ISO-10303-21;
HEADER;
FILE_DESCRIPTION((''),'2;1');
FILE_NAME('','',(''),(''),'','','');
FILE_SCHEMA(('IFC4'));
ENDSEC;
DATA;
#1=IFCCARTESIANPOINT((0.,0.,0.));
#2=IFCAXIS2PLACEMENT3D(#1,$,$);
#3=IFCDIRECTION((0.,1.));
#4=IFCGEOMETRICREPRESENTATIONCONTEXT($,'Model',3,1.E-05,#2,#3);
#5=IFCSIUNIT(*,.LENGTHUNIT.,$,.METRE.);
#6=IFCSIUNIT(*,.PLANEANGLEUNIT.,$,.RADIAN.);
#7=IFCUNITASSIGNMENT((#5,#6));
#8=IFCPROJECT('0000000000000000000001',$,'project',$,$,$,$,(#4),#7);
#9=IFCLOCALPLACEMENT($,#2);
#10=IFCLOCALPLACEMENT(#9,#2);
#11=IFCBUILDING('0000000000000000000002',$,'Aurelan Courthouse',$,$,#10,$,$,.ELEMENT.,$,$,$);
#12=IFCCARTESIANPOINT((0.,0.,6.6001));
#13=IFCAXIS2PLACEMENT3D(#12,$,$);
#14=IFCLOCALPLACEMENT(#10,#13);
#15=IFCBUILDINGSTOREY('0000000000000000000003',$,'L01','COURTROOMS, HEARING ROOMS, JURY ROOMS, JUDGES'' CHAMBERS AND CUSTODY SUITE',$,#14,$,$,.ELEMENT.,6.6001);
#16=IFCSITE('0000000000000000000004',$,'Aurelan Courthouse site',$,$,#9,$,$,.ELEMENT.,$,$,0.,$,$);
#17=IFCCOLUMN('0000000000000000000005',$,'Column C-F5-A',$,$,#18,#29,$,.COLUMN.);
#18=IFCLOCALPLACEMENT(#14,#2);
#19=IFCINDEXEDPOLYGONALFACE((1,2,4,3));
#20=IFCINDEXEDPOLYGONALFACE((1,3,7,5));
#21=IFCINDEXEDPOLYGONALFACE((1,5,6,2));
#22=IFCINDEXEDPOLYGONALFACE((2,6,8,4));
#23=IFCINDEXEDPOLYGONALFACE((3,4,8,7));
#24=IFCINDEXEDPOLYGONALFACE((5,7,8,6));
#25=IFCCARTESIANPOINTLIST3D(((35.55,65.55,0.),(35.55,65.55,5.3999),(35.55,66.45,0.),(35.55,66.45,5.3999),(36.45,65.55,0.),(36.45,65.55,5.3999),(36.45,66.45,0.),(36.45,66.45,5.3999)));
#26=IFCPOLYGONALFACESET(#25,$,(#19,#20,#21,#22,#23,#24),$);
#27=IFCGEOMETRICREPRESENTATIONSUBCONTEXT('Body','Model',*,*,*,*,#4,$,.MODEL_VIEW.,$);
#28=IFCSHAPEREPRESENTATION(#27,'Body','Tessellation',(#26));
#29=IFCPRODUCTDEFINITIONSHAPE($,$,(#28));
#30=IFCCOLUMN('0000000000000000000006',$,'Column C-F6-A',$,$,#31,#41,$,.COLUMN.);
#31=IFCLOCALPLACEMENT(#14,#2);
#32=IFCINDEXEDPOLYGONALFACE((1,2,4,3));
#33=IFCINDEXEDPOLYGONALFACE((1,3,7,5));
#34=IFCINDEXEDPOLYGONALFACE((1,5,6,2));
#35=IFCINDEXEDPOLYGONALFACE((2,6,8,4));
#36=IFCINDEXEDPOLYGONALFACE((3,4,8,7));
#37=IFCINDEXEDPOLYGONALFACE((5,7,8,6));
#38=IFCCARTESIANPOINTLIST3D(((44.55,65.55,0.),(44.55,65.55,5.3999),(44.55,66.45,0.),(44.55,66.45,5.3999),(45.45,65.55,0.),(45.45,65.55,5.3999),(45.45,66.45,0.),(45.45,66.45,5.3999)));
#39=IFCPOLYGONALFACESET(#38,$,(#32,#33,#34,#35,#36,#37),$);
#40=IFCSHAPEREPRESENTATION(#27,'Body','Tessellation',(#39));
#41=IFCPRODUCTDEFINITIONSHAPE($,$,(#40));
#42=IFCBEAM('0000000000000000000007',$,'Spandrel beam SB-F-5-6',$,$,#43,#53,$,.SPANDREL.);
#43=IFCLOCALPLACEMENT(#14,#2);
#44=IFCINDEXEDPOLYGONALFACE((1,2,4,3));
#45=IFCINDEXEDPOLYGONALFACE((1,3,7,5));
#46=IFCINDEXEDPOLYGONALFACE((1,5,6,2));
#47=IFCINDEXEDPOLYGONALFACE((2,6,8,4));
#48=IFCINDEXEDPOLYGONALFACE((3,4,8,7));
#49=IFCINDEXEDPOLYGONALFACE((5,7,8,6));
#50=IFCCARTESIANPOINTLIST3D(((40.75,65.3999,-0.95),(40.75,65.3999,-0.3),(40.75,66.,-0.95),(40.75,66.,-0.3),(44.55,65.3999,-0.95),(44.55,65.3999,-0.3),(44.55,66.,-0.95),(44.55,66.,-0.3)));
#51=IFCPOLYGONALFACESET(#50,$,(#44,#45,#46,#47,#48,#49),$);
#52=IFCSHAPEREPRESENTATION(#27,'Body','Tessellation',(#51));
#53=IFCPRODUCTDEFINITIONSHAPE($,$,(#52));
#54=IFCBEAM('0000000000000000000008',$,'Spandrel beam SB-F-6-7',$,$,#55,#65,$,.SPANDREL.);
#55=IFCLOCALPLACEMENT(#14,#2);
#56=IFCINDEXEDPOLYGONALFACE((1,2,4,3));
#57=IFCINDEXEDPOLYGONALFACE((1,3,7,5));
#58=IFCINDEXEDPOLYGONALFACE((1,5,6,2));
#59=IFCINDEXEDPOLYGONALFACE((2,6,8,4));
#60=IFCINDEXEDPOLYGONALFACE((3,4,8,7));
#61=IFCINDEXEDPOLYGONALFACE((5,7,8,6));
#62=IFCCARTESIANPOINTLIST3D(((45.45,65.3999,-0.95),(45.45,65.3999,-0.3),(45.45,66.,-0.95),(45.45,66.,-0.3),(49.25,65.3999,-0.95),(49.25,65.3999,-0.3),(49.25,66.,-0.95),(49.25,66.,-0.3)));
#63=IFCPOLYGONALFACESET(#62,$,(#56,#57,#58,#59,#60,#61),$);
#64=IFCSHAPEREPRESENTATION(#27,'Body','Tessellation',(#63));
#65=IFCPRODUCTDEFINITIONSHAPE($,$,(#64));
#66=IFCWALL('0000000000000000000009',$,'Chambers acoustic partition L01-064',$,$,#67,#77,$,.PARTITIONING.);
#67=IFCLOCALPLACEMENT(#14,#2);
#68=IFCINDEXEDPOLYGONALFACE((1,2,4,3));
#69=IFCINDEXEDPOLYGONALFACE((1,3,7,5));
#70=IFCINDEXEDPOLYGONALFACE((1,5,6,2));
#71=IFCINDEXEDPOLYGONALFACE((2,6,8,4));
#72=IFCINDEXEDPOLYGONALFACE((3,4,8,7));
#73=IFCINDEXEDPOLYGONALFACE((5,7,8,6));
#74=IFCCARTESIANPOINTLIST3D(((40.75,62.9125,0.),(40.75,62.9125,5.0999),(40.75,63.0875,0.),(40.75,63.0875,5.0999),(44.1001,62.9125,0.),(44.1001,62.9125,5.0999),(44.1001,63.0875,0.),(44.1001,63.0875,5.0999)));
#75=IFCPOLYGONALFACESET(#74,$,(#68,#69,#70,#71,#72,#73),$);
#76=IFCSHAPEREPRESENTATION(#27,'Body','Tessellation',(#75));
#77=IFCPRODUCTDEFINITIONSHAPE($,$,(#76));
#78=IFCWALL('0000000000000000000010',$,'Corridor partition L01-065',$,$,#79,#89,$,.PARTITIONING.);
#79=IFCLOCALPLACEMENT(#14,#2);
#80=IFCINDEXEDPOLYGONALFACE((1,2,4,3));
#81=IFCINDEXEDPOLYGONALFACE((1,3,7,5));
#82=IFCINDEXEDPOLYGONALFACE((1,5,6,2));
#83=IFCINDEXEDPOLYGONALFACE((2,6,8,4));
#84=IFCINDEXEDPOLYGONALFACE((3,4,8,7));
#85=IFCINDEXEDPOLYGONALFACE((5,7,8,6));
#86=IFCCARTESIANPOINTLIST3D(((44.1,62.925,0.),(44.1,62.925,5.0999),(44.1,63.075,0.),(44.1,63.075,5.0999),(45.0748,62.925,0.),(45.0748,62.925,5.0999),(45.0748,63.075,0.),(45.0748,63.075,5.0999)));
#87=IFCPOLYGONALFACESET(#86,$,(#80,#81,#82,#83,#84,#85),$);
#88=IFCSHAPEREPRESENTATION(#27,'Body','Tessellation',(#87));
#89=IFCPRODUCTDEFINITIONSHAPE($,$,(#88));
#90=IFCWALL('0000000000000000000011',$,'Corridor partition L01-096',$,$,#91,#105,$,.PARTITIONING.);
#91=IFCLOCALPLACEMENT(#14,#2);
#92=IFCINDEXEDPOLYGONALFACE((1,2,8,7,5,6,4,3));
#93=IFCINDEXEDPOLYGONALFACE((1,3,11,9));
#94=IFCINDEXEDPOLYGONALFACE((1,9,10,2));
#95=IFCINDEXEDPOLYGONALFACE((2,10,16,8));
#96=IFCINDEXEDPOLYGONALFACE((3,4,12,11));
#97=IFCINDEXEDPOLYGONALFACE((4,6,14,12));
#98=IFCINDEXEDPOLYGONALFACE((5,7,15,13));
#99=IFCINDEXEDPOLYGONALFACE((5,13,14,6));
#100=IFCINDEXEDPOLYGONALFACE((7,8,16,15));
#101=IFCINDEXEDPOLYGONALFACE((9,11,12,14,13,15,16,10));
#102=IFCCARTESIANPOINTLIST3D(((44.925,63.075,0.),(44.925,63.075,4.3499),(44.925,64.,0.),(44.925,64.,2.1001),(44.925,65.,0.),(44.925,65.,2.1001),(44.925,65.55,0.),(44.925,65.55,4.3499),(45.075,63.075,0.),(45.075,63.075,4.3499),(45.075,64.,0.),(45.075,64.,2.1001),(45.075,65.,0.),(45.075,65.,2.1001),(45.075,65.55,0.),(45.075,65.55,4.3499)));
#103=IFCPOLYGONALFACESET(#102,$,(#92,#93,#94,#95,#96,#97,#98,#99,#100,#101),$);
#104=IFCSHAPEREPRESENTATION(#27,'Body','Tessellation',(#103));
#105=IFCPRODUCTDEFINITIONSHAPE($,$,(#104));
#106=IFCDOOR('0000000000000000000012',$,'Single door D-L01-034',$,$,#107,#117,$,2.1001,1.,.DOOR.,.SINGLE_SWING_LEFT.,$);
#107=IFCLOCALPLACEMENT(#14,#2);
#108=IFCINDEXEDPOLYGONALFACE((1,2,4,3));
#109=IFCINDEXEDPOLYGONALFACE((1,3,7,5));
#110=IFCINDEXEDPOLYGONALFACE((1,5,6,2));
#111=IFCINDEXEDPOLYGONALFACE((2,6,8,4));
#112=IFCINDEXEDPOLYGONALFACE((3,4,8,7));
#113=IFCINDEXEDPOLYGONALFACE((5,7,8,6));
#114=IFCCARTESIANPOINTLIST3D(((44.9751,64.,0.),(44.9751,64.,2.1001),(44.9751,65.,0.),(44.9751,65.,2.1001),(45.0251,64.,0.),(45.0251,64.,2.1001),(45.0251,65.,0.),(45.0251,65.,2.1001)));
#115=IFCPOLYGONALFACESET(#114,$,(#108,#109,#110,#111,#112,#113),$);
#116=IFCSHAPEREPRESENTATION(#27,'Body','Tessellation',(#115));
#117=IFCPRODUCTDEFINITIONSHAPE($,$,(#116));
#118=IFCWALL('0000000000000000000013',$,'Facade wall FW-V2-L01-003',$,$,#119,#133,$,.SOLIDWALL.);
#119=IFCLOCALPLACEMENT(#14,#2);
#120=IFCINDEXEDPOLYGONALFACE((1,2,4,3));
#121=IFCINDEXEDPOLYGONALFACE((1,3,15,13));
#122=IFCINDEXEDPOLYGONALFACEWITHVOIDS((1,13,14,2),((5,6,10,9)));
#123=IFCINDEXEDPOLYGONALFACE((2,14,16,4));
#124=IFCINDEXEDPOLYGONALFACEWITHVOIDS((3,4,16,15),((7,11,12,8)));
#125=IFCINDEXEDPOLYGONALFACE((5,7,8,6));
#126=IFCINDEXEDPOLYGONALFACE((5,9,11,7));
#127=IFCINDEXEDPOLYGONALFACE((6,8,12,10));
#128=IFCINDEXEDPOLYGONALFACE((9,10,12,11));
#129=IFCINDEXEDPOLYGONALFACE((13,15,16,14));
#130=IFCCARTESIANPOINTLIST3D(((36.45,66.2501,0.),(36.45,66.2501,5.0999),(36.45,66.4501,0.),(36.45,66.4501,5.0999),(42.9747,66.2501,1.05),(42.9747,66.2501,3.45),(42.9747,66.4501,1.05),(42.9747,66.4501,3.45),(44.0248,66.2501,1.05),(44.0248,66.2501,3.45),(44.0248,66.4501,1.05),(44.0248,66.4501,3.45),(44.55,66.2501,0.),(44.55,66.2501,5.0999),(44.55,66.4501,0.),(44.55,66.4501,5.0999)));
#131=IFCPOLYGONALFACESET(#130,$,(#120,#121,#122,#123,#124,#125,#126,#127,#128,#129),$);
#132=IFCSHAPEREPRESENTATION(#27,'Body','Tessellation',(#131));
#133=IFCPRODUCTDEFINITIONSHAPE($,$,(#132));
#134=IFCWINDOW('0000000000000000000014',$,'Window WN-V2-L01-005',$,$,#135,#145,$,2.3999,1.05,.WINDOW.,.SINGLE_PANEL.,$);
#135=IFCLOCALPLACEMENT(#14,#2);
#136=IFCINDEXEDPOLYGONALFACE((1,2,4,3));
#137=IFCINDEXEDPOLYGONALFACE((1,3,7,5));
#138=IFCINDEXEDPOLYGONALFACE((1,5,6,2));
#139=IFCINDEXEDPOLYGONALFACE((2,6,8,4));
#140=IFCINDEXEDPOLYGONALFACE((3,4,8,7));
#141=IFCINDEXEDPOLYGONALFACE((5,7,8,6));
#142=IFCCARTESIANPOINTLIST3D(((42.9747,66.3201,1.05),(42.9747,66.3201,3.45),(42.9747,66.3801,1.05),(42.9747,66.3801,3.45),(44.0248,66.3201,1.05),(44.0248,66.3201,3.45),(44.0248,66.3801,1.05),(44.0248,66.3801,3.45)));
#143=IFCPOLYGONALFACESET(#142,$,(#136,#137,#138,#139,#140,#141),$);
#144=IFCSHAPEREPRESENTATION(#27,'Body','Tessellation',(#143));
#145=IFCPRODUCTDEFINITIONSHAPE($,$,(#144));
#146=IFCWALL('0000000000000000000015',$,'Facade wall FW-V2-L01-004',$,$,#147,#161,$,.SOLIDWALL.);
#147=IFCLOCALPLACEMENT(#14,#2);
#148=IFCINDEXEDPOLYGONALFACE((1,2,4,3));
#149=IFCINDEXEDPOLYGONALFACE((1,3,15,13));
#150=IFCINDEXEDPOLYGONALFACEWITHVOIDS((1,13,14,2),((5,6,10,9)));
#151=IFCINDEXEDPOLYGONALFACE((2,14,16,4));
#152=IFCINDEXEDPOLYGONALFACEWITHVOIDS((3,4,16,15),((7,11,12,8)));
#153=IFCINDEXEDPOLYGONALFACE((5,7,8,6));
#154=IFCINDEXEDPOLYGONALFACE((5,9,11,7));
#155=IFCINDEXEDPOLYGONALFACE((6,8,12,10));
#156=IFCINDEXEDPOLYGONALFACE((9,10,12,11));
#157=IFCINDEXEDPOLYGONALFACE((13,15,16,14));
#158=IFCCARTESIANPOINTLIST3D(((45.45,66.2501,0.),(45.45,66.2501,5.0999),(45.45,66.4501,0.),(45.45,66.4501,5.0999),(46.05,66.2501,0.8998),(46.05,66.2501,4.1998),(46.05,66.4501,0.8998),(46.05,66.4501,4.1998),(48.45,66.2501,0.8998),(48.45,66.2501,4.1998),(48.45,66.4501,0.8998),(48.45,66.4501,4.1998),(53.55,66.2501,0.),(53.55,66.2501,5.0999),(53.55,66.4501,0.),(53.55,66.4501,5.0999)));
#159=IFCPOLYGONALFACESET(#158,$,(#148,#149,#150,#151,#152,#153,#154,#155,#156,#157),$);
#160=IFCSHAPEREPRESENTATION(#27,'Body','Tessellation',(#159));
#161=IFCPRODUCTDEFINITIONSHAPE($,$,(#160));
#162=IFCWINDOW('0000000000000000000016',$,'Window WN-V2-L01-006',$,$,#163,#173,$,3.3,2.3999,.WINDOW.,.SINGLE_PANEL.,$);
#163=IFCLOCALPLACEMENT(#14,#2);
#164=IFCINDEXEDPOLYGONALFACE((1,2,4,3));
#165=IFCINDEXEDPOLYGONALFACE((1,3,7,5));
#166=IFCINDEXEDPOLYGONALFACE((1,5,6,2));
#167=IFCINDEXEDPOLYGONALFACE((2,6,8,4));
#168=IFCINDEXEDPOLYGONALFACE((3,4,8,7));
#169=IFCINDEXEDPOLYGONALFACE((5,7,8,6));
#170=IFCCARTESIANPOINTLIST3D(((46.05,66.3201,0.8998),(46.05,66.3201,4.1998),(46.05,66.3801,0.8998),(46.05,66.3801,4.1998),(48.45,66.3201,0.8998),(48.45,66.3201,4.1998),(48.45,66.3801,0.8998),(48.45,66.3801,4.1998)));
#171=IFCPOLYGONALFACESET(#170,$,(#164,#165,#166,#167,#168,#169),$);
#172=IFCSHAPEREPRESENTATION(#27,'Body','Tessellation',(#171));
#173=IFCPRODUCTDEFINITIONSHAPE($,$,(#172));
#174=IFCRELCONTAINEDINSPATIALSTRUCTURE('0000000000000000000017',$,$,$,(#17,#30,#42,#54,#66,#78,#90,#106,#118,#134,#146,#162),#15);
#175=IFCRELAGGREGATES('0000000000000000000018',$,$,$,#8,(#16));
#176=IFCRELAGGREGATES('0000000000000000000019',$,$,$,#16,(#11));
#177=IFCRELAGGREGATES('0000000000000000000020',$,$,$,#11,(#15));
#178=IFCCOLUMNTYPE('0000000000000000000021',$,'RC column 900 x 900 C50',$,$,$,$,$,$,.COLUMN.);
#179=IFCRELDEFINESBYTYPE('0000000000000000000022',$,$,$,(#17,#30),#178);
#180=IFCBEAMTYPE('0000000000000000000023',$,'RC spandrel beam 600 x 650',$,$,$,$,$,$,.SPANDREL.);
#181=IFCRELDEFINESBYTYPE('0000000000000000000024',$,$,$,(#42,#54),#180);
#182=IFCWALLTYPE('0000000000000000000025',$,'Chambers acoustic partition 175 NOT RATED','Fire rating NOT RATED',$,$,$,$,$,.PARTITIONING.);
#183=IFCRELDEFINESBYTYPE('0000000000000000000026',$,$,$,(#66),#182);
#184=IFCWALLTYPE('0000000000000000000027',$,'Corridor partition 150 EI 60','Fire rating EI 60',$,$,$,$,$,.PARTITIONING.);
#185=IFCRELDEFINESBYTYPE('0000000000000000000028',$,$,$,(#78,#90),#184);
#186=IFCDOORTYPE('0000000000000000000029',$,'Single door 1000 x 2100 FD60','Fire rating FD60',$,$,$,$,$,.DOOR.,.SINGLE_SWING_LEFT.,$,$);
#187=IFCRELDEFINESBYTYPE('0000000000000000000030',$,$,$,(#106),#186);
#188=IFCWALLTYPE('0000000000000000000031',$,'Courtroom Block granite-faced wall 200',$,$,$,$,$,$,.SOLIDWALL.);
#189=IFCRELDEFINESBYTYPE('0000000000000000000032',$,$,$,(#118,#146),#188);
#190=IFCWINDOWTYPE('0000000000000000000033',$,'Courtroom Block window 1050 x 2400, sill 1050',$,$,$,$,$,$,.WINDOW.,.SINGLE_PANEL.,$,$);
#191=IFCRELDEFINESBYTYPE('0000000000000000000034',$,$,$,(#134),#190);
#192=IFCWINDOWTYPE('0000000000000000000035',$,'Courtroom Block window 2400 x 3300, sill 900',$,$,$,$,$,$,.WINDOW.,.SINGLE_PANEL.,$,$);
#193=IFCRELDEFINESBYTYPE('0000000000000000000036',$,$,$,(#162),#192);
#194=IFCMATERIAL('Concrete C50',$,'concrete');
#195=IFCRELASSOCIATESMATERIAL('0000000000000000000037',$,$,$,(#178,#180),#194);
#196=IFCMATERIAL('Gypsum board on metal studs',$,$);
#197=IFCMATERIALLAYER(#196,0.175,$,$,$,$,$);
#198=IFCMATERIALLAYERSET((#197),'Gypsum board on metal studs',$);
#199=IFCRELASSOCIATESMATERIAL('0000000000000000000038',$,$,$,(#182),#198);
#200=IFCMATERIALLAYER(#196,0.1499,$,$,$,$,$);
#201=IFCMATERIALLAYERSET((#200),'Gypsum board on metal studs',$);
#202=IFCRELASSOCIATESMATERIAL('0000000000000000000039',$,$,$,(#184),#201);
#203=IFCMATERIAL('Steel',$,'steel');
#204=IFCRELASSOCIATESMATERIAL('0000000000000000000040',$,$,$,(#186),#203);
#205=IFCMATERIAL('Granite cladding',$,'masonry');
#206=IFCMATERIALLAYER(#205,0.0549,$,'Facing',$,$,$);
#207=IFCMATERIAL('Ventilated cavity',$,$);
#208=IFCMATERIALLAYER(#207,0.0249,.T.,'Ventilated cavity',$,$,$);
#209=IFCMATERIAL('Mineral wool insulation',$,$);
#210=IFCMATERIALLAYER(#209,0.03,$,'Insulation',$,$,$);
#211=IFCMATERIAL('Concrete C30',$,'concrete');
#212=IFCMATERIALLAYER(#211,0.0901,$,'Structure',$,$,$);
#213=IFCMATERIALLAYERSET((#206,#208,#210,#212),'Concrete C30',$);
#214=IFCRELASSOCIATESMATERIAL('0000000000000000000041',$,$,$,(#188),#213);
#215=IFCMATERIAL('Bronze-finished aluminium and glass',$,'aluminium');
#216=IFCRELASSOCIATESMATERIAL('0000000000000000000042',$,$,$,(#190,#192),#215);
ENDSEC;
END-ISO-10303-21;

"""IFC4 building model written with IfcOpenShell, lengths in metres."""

from ifc_helpers import new_model, si_unit, direction, frame, frame_2d, origin, origin_2d, place, context, subcontext, project, spatial, rectangle, extrude, material, layer, layer_set, material_profile, profile_set, type_object, element, fill, save


model = new_model("IFC4")

# Units and contexts
model_context = context("Model", 3, precision=1e-05, world=origin(), true_north=direction((0.0, 1.0)))
body_context = subcontext(model_context, "Body", "Model", "MODEL_VIEW")
ifc_project = project(units=[si_unit("LENGTHUNIT", "METRE"), si_unit("PLANEANGLEUNIT", "RADIAN")], contexts=[model_context])

# Site, building, storey
site_placement = place(None, origin())
site = spatial("IfcSite", under=ifc_project, at=site_placement, Name="Aurelan Courthouse site", CompositionType="ELEMENT", RefElevation=0.0)
building_placement = place(site_placement, origin())
building = spatial("IfcBuilding", under=site, at=building_placement, Name="Aurelan Courthouse", CompositionType="ELEMENT")
storey_placement = place(building_placement, frame((0.0, 0.0, 6.6001)))
storey = spatial("IfcBuildingStorey", under=building, at=storey_placement, Name="L01", Description="COURTROOMS, HEARING ROOMS, JURY ROOMS, JUDGES' CHAMBERS AND CUSTODY SUITE", CompositionType="ELEMENT", Elevation=6.6001)

# Columns
ifc_material_1 = material(Name="Concrete C50", Category="concrete")
ifc_material_profile_1 = material_profile(ifc_material_1, rectangle(XDim=0.8999, YDim=0.8999, at=origin_2d()), Name="RC 900 x 900")
ifc_profile_set_1 = profile_set([ifc_material_profile_1], Name="Concrete C50")
column_type = type_object("IfcColumnType", Name="RC column 900 x 900 C50", PredefinedType="COLUMN", material=ifc_profile_set_1)
for number, where, z_axis, x_axis, name in (
    (1, (36.0, 66.0, 0.0), (0.0, 0.0, 1.0), (1.0, 0.0, 0.0), "Column C-F5-A"),
    (2, (45.0, 66.0, 0.0), (0.0, 0.0, 1.0), (1.0, 0.0, 0.0), "Column C-F6-A"),
):
    element("IfcColumn", number, at=place(storey_placement, frame(where, z_axis=z_axis, x_axis=x_axis)), inside=storey, type_object=column_type, Name=name, PredefinedType="COLUMN", context=body_context, shape_type="SweptSolid", body=[
        extrude(rectangle(XDim=0.8999, YDim=0.8999, at=origin_2d()), origin(), (0.0, 0.0, 1.0), 5.3999),
    ])

# Beams
ifc_material_profile_2 = material_profile(ifc_material_1, rectangle(XDim=0.6001, YDim=0.6499, at=origin_2d()), Name="RC 600 x 650")
ifc_profile_set_2 = profile_set([ifc_material_profile_2], Name="Concrete C50")
beam_type = type_object("IfcBeamType", Name="RC spandrel beam 600 x 650", PredefinedType="SPANDREL", material=ifc_profile_set_2)
for number, where, z_axis, x_axis, name in (
    (3, (40.75, 65.7, -0.625), (1.0, 0.0, 0.0), (0.0, 1.0, 0.0), "Spandrel beam SB-F-5-6"),
    (4, (45.45, 65.7, -0.625), (1.0, 0.0, 0.0), (0.0, 1.0, 0.0), "Spandrel beam SB-F-6-7"),
):
    element("IfcBeam", number, at=place(storey_placement, frame(where, z_axis=z_axis, x_axis=x_axis)), inside=storey, type_object=beam_type, Name=name, PredefinedType="SPANDREL", context=body_context, shape_type="SweptSolid", body=[
        extrude(rectangle(XDim=0.6001, YDim=0.6499, at=origin_2d()), origin(), (0.0, 0.0, 1.0), 3.8),
    ])

# Walls
ifc_material_2 = material(Name="Gypsum board on metal studs")
ifc_layer_1 = layer(ifc_material_2, 0.175)
ifc_layer_set_1 = layer_set([ifc_layer_1], Name="Gypsum board on metal studs")
wall_type_1 = type_object("IfcWallType", Name="Chambers acoustic partition 175 NOT RATED", Description="Fire rating NOT RATED", PredefinedType="PARTITIONING", material=ifc_layer_set_1)
wall_1_placement = place(storey_placement, frame((40.75, 63.0, 0.0), z_axis=(0.0, 0.0, 1.0), x_axis=(1.0, 0.0, 0.0)))
element("IfcWall", 5, at=wall_1_placement, inside=storey, type_object=wall_type_1, Name="Chambers acoustic partition L01-064", PredefinedType="PARTITIONING", context=body_context, shape_type="SweptSolid", body=[
    extrude(rectangle(XDim=3.3501, YDim=0.175, at=frame_2d((1.675, 0.0))), origin(), (0.0, 0.0, 1.0), 5.0999),
])
ifc_layer_2 = layer(ifc_material_2, 0.1499)
ifc_layer_set_2 = layer_set([ifc_layer_2], Name="Gypsum board on metal studs")
wall_type_2 = type_object("IfcWallType", Name="Corridor partition 150 EI 60", Description="Fire rating EI 60", PredefinedType="PARTITIONING", material=ifc_layer_set_2)
wall_2_placement = place(storey_placement, frame((44.1001, 63.0, 0.0), z_axis=(0.0, 0.0, 1.0), x_axis=(1.0, 0.0, 0.0)))
element("IfcWall", 6, at=wall_2_placement, inside=storey, type_object=wall_type_2, Name="Corridor partition L01-065", PredefinedType="PARTITIONING", context=body_context, shape_type="SweptSolid", body=[
    extrude(rectangle(XDim=0.9749, YDim=0.1499, at=frame_2d((0.4873, 0.0))), origin(), (0.0, 0.0, 1.0), 5.0999),
])

# Wall, opening, door
wall_3_placement = place(storey_placement, frame((45.0, 63.075, 0.0), z_axis=(0.0, 0.0, 1.0), x_axis=(0.0, 1.0, 0.0)))
wall_3 = element("IfcWall", 7, at=wall_3_placement, inside=storey, type_object=wall_type_2, Name="Corridor partition L01-096", PredefinedType="PARTITIONING", context=body_context, shape_type="SweptSolid", body=[
    extrude(rectangle(XDim=2.4751, YDim=0.1499, at=frame_2d((1.2375, 0.0))), origin(), (0.0, 0.0, 1.0), 4.3499),
])
opening_1_placement = place(wall_3_placement, frame((0.925, 0.0, 0.0)))
opening_1 = element("IfcOpeningElement", 8, at=opening_1_placement, cuts=wall_3, PredefinedType="OPENING", context=body_context, shape_type="SweptSolid", body=[
    extrude(rectangle(XDim=1.0, YDim=2.1001, at=frame_2d((0.5, 1.05))), frame((0.0, 0.085, 0.0), z_axis=(0.0, -1.0, 0.0), x_axis=(1.0, 0.0, 0.0)), (0.0, 0.0, 1.0), 0.1699),
])
ifc_material_3 = material(Name="Steel", Category="steel")
door_type = type_object("IfcDoorType", Name="Single door 1000 x 2100 FD60", Description="Fire rating FD60", OperationType="SINGLE_SWING_LEFT", PredefinedType="DOOR", material=ifc_material_3)
door_placement = place(opening_1_placement, origin())
door = element("IfcDoor", 9, at=door_placement, inside=storey, type_object=door_type, Name="Single door D-L01-034", OperationType="SINGLE_SWING_LEFT", OverallHeight=2.1001, OverallWidth=1.0, PredefinedType="DOOR", context=body_context, shape_type="SweptSolid", body=[
    extrude(rectangle(XDim=1.0, YDim=2.1001, at=frame_2d((0.5, 1.05))), frame((0.0, 0.0249, 0.0), z_axis=(0.0, -1.0, 0.0), x_axis=(1.0, 0.0, 0.0)), (0.0, 0.0, 1.0), 0.05),
])
fill(opening_1, door)

# Walls, openings, windows
ifc_material_4 = material(Name="Granite cladding", Category="masonry")
ifc_layer_3 = layer(ifc_material_4, 0.0549, Name="Facing")
ifc_material_5 = material(Name="Ventilated cavity")
ifc_layer_4 = layer(ifc_material_5, 0.0249, ventilated=True, Name="Ventilated cavity")
ifc_material_6 = material(Name="Mineral wool insulation")
ifc_layer_5 = layer(ifc_material_6, 0.03, Name="Insulation")
ifc_material_7 = material(Name="Concrete C30", Category="concrete")
ifc_layer_6 = layer(ifc_material_7, 0.0901, Name="Structure")
ifc_layer_set_3 = layer_set([ifc_layer_3, ifc_layer_4, ifc_layer_5, ifc_layer_6], Name="Concrete C30")
wall_type_3 = type_object("IfcWallType", Name="Courtroom Block granite-faced wall 200", PredefinedType="SOLIDWALL", material=ifc_layer_set_3)
wall_4_placement = place(storey_placement, frame((36.45, 66.3501, 0.0), z_axis=(0.0, 0.0, 1.0), x_axis=(1.0, 0.0, 0.0)))
wall_4 = element("IfcWall", 10, at=wall_4_placement, inside=storey, type_object=wall_type_3, Name="Facade wall FW-V2-L01-003", PredefinedType="SOLIDWALL", context=body_context, shape_type="SweptSolid", body=[
    extrude(rectangle(XDim=8.1001, YDim=0.2, at=frame_2d((4.05, 0.0))), origin(), (0.0, 0.0, 1.0), 5.0999),
])
opening_2_placement = place(wall_4_placement, frame((6.5249, 0.0, 1.05)))
opening_2 = element("IfcOpeningElement", 11, at=opening_2_placement, cuts=wall_4, PredefinedType="OPENING", context=body_context, shape_type="SweptSolid", body=[
    extrude(rectangle(XDim=1.05, YDim=2.3999, at=frame_2d((0.5249, 1.2))), frame((0.0, 0.1099, 0.0), z_axis=(0.0, -1.0, 0.0), x_axis=(1.0, 0.0, 0.0)), (0.0, 0.0, 1.0), 0.22),
])
ifc_material_8 = material(Name="Bronze-finished aluminium and glass", Category="aluminium")
window_type_1 = type_object("IfcWindowType", Name="Courtroom Block window 1050 x 2400, sill 1050", PartitioningType="SINGLE_PANEL", PredefinedType="WINDOW", material=ifc_material_8)
window_1_placement = place(opening_2_placement, origin())
window_1 = element("IfcWindow", 12, at=window_1_placement, inside=storey, type_object=window_type_1, Name="Window WN-V2-L01-005", OverallHeight=2.3999, OverallWidth=1.05, PartitioningType="SINGLE_PANEL", PredefinedType="WINDOW", context=body_context, shape_type="SweptSolid", body=[
    extrude(rectangle(XDim=1.05, YDim=2.3999, at=frame_2d((0.5249, 1.2))), frame((0.0, 0.03, 0.0), z_axis=(0.0, -1.0, 0.0), x_axis=(1.0, 0.0, 0.0)), (0.0, 0.0, 1.0), 0.0601),
])
fill(opening_2, window_1)
wall_5_placement = place(storey_placement, frame((45.45, 66.3501, 0.0), z_axis=(0.0, 0.0, 1.0), x_axis=(1.0, 0.0, 0.0)))
wall_5 = element("IfcWall", 13, at=wall_5_placement, inside=storey, type_object=wall_type_3, Name="Facade wall FW-V2-L01-004", PredefinedType="SOLIDWALL", context=body_context, shape_type="SweptSolid", body=[
    extrude(rectangle(XDim=8.1001, YDim=0.2, at=frame_2d((4.05, 0.0))), origin(), (0.0, 0.0, 1.0), 5.0999),
])
opening_3_placement = place(wall_5_placement, frame((0.6001, 0.0, 0.8999)))
opening_3 = element("IfcOpeningElement", 14, at=opening_3_placement, cuts=wall_5, PredefinedType="OPENING", context=body_context, shape_type="SweptSolid", body=[
    extrude(rectangle(XDim=2.3999, YDim=3.3, at=frame_2d((1.2, 1.6499))), frame((0.0, 0.1099, 0.0), z_axis=(0.0, -1.0, 0.0), x_axis=(1.0, 0.0, 0.0)), (0.0, 0.0, 1.0), 0.22),
])
window_type_2 = type_object("IfcWindowType", Name="Courtroom Block window 2400 x 3300, sill 900", PartitioningType="SINGLE_PANEL", PredefinedType="WINDOW", material=ifc_material_8)
window_2_placement = place(opening_3_placement, origin())
window_2 = element("IfcWindow", 15, at=window_2_placement, inside=storey, type_object=window_type_2, Name="Window WN-V2-L01-006", OverallHeight=3.3, OverallWidth=2.3999, PartitioningType="SINGLE_PANEL", PredefinedType="WINDOW", context=body_context, shape_type="SweptSolid", body=[
    extrude(rectangle(XDim=2.3999, YDim=3.3, at=frame_2d((1.2, 1.6499))), frame((0.0, 0.03, 0.0), z_axis=(0.0, -1.0, 0.0), x_axis=(1.0, 0.0, 0.0)), (0.0, 0.0, 1.0), 0.0601),
])
fill(opening_3, window_2)

save(model, "model.ifc")
